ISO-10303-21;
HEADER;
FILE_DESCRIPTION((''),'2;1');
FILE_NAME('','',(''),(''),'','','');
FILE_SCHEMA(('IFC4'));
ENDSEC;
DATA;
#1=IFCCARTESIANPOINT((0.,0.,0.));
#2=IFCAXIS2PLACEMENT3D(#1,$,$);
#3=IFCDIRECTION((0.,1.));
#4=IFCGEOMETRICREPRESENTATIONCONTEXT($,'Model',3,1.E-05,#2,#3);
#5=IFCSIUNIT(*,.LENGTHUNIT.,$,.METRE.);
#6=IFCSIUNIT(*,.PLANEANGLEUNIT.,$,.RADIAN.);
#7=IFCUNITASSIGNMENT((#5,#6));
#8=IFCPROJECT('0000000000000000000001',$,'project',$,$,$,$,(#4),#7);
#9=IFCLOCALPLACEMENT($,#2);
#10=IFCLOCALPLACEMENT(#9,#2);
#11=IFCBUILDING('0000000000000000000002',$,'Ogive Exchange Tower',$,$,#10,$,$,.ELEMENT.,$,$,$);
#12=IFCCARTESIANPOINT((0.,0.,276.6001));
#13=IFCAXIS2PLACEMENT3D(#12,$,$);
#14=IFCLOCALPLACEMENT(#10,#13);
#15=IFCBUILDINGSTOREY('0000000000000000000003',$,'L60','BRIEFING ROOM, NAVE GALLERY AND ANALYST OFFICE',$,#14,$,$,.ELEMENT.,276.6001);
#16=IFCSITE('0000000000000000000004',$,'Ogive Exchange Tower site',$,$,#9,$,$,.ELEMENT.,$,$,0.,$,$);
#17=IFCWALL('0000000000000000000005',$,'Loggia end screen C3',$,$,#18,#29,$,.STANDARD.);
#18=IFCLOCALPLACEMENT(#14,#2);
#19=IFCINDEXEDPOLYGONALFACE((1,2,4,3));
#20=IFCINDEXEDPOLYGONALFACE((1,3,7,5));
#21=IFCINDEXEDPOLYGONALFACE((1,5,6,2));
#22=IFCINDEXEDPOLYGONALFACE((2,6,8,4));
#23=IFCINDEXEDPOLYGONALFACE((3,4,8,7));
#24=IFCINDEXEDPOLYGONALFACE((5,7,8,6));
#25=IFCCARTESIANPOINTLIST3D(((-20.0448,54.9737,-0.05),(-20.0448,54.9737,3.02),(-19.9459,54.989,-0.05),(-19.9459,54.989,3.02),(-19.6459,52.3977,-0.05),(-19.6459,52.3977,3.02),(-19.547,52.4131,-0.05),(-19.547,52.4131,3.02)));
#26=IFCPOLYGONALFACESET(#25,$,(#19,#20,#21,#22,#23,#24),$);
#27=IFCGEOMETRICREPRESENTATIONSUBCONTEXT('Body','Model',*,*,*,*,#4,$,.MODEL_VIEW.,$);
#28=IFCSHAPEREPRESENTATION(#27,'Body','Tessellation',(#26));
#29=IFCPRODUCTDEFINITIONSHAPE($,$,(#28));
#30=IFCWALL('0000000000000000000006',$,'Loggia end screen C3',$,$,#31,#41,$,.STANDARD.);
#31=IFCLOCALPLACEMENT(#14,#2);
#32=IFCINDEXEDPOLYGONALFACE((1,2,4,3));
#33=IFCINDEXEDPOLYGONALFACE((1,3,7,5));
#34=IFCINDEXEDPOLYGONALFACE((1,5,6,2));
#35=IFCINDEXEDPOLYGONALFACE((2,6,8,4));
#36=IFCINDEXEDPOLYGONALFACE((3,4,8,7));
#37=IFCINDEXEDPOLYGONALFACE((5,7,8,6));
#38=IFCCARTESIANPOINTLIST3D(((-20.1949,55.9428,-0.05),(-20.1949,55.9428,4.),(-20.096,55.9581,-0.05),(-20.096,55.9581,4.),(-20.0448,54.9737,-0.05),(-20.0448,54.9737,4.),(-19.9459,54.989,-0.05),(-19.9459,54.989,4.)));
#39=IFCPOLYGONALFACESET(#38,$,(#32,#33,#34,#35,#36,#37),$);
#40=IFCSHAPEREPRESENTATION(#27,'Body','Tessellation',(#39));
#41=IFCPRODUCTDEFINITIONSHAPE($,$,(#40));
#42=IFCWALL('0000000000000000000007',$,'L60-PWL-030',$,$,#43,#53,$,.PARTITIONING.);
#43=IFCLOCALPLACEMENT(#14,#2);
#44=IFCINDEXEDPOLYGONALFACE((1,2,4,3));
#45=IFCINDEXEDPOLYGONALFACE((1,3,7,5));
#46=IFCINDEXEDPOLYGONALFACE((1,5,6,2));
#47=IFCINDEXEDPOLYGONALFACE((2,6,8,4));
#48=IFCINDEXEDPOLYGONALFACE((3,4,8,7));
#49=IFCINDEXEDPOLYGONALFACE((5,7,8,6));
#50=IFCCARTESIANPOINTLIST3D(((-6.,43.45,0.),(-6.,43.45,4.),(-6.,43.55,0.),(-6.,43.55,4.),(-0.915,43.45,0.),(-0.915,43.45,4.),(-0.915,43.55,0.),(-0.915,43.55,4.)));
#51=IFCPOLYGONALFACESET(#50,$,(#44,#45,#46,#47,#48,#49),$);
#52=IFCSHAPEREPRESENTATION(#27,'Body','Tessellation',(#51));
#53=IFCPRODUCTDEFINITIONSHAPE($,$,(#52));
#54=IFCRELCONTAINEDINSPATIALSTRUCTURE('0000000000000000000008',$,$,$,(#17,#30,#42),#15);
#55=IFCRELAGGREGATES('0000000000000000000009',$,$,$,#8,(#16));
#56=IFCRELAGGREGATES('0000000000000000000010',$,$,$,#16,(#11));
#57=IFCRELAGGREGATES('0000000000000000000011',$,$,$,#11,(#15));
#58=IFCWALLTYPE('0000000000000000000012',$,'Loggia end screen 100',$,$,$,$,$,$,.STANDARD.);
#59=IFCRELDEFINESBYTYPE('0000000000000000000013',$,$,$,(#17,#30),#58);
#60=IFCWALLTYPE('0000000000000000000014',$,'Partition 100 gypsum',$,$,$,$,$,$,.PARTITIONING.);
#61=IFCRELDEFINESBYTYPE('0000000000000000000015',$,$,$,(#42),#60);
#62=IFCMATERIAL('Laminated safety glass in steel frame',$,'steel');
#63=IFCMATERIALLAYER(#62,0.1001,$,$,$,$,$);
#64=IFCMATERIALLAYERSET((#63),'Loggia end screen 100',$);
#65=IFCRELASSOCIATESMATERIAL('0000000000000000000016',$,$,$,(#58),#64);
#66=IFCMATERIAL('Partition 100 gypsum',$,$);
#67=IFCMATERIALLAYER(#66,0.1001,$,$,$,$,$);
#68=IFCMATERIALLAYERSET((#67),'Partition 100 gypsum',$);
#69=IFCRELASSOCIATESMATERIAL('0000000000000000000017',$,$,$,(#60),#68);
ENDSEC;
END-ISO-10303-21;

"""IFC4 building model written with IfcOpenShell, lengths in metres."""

from ifc_helpers import new_model, si_unit, direction, frame, frame_2d, origin, place, context, subcontext, project, spatial, rectangle, extrude, material, layer, layer_set, type_object, element, save


model = new_model("IFC4")

# Units and contexts
model_context = context("Model", 3, precision=1e-05, world=origin(), true_north=direction((0.0, 1.0)))
body_context = subcontext(model_context, "Body", "Model", "MODEL_VIEW")
ifc_project = project(units=[si_unit("LENGTHUNIT", "METRE"), si_unit("PLANEANGLEUNIT", "RADIAN")], contexts=[model_context])

# Site, building, storey
site_placement = place(None, origin())
site = spatial("IfcSite", under=ifc_project, at=site_placement, Name="Ogive Exchange Tower site", CompositionType="ELEMENT", RefElevation=0.0)
building_placement = place(site_placement, origin())
building = spatial("IfcBuilding", under=site, at=building_placement, Name="Ogive Exchange Tower", CompositionType="ELEMENT")
storey_placement = place(building_placement, frame((0.0, 0.0, 276.6001)))
storey = spatial("IfcBuildingStorey", under=building, at=storey_placement, Name="L60", Description="BRIEFING ROOM, NAVE GALLERY AND ANALYST OFFICE", CompositionType="ELEMENT", Elevation=276.6001)

# Walls
ifc_material_1 = material(Name="Laminated safety glass in steel frame", Category="steel")
ifc_layer_1 = layer(ifc_material_1, 0.1001)
ifc_layer_set_1 = layer_set([ifc_layer_1], Name="Loggia end screen 100")
wall_type_1 = type_object("IfcWallType", Name="Loggia end screen 100", PredefinedType="STANDARD", material=ifc_layer_set_1)
wall_1_placement = place(storey_placement, frame((-19.5964, 52.4055, -0.05), z_axis=(0.0, 0.0, 1.0), x_axis=(-0.153042, 0.98822, 0.0)))
element("IfcWall", 1, at=wall_1_placement, inside=storey, type_object=wall_type_1, Name="Loggia end screen C3", PredefinedType="STANDARD", context=body_context, shape_type="SweptSolid", body=[
    extrude(rectangle(XDim=2.6067, YDim=0.1001, at=frame_2d((1.3032, 0.0))), origin(), (0.0, 0.0, 1.0), 3.0701),
])
wall_2_placement = place(storey_placement, frame((-19.9954, 54.9814, -0.05), z_axis=(0.0, 0.0, 1.0), x_axis=(-0.153086, 0.988213, 0.0)))
element("IfcWall", 2, at=wall_2_placement, inside=storey, type_object=wall_type_1, Name="Loggia end screen C3", PredefinedType="STANDARD", context=body_context, shape_type="SweptSolid", body=[
    extrude(rectangle(XDim=0.9807, YDim=0.1001, at=frame_2d((0.4902, 0.0))), origin(), (0.0, 0.0, 1.0), 4.05),
])
ifc_material_2 = material(Name="Partition 100 gypsum")
ifc_layer_2 = layer(ifc_material_2, 0.1001)
ifc_layer_set_2 = layer_set([ifc_layer_2], Name="Partition 100 gypsum")
wall_type_2 = type_object("IfcWallType", Name="Partition 100 gypsum", PredefinedType="PARTITIONING", material=ifc_layer_set_2)
wall_3_placement = place(storey_placement, frame((-6.0, 43.5, 0.0), z_axis=(0.0, 0.0, 1.0), x_axis=(1.0, 0.0, 0.0)))
element("IfcWall", 3, at=wall_3_placement, inside=storey, type_object=wall_type_2, Name="L60-PWL-030", PredefinedType="PARTITIONING", context=body_context, shape_type="SweptSolid", body=[
    extrude(rectangle(XDim=5.085, YDim=0.1001, at=frame_2d((2.5425, 0.0))), origin(), (0.0, 0.0, 1.0), 4.0),
])

save(model, "model.ifc")
